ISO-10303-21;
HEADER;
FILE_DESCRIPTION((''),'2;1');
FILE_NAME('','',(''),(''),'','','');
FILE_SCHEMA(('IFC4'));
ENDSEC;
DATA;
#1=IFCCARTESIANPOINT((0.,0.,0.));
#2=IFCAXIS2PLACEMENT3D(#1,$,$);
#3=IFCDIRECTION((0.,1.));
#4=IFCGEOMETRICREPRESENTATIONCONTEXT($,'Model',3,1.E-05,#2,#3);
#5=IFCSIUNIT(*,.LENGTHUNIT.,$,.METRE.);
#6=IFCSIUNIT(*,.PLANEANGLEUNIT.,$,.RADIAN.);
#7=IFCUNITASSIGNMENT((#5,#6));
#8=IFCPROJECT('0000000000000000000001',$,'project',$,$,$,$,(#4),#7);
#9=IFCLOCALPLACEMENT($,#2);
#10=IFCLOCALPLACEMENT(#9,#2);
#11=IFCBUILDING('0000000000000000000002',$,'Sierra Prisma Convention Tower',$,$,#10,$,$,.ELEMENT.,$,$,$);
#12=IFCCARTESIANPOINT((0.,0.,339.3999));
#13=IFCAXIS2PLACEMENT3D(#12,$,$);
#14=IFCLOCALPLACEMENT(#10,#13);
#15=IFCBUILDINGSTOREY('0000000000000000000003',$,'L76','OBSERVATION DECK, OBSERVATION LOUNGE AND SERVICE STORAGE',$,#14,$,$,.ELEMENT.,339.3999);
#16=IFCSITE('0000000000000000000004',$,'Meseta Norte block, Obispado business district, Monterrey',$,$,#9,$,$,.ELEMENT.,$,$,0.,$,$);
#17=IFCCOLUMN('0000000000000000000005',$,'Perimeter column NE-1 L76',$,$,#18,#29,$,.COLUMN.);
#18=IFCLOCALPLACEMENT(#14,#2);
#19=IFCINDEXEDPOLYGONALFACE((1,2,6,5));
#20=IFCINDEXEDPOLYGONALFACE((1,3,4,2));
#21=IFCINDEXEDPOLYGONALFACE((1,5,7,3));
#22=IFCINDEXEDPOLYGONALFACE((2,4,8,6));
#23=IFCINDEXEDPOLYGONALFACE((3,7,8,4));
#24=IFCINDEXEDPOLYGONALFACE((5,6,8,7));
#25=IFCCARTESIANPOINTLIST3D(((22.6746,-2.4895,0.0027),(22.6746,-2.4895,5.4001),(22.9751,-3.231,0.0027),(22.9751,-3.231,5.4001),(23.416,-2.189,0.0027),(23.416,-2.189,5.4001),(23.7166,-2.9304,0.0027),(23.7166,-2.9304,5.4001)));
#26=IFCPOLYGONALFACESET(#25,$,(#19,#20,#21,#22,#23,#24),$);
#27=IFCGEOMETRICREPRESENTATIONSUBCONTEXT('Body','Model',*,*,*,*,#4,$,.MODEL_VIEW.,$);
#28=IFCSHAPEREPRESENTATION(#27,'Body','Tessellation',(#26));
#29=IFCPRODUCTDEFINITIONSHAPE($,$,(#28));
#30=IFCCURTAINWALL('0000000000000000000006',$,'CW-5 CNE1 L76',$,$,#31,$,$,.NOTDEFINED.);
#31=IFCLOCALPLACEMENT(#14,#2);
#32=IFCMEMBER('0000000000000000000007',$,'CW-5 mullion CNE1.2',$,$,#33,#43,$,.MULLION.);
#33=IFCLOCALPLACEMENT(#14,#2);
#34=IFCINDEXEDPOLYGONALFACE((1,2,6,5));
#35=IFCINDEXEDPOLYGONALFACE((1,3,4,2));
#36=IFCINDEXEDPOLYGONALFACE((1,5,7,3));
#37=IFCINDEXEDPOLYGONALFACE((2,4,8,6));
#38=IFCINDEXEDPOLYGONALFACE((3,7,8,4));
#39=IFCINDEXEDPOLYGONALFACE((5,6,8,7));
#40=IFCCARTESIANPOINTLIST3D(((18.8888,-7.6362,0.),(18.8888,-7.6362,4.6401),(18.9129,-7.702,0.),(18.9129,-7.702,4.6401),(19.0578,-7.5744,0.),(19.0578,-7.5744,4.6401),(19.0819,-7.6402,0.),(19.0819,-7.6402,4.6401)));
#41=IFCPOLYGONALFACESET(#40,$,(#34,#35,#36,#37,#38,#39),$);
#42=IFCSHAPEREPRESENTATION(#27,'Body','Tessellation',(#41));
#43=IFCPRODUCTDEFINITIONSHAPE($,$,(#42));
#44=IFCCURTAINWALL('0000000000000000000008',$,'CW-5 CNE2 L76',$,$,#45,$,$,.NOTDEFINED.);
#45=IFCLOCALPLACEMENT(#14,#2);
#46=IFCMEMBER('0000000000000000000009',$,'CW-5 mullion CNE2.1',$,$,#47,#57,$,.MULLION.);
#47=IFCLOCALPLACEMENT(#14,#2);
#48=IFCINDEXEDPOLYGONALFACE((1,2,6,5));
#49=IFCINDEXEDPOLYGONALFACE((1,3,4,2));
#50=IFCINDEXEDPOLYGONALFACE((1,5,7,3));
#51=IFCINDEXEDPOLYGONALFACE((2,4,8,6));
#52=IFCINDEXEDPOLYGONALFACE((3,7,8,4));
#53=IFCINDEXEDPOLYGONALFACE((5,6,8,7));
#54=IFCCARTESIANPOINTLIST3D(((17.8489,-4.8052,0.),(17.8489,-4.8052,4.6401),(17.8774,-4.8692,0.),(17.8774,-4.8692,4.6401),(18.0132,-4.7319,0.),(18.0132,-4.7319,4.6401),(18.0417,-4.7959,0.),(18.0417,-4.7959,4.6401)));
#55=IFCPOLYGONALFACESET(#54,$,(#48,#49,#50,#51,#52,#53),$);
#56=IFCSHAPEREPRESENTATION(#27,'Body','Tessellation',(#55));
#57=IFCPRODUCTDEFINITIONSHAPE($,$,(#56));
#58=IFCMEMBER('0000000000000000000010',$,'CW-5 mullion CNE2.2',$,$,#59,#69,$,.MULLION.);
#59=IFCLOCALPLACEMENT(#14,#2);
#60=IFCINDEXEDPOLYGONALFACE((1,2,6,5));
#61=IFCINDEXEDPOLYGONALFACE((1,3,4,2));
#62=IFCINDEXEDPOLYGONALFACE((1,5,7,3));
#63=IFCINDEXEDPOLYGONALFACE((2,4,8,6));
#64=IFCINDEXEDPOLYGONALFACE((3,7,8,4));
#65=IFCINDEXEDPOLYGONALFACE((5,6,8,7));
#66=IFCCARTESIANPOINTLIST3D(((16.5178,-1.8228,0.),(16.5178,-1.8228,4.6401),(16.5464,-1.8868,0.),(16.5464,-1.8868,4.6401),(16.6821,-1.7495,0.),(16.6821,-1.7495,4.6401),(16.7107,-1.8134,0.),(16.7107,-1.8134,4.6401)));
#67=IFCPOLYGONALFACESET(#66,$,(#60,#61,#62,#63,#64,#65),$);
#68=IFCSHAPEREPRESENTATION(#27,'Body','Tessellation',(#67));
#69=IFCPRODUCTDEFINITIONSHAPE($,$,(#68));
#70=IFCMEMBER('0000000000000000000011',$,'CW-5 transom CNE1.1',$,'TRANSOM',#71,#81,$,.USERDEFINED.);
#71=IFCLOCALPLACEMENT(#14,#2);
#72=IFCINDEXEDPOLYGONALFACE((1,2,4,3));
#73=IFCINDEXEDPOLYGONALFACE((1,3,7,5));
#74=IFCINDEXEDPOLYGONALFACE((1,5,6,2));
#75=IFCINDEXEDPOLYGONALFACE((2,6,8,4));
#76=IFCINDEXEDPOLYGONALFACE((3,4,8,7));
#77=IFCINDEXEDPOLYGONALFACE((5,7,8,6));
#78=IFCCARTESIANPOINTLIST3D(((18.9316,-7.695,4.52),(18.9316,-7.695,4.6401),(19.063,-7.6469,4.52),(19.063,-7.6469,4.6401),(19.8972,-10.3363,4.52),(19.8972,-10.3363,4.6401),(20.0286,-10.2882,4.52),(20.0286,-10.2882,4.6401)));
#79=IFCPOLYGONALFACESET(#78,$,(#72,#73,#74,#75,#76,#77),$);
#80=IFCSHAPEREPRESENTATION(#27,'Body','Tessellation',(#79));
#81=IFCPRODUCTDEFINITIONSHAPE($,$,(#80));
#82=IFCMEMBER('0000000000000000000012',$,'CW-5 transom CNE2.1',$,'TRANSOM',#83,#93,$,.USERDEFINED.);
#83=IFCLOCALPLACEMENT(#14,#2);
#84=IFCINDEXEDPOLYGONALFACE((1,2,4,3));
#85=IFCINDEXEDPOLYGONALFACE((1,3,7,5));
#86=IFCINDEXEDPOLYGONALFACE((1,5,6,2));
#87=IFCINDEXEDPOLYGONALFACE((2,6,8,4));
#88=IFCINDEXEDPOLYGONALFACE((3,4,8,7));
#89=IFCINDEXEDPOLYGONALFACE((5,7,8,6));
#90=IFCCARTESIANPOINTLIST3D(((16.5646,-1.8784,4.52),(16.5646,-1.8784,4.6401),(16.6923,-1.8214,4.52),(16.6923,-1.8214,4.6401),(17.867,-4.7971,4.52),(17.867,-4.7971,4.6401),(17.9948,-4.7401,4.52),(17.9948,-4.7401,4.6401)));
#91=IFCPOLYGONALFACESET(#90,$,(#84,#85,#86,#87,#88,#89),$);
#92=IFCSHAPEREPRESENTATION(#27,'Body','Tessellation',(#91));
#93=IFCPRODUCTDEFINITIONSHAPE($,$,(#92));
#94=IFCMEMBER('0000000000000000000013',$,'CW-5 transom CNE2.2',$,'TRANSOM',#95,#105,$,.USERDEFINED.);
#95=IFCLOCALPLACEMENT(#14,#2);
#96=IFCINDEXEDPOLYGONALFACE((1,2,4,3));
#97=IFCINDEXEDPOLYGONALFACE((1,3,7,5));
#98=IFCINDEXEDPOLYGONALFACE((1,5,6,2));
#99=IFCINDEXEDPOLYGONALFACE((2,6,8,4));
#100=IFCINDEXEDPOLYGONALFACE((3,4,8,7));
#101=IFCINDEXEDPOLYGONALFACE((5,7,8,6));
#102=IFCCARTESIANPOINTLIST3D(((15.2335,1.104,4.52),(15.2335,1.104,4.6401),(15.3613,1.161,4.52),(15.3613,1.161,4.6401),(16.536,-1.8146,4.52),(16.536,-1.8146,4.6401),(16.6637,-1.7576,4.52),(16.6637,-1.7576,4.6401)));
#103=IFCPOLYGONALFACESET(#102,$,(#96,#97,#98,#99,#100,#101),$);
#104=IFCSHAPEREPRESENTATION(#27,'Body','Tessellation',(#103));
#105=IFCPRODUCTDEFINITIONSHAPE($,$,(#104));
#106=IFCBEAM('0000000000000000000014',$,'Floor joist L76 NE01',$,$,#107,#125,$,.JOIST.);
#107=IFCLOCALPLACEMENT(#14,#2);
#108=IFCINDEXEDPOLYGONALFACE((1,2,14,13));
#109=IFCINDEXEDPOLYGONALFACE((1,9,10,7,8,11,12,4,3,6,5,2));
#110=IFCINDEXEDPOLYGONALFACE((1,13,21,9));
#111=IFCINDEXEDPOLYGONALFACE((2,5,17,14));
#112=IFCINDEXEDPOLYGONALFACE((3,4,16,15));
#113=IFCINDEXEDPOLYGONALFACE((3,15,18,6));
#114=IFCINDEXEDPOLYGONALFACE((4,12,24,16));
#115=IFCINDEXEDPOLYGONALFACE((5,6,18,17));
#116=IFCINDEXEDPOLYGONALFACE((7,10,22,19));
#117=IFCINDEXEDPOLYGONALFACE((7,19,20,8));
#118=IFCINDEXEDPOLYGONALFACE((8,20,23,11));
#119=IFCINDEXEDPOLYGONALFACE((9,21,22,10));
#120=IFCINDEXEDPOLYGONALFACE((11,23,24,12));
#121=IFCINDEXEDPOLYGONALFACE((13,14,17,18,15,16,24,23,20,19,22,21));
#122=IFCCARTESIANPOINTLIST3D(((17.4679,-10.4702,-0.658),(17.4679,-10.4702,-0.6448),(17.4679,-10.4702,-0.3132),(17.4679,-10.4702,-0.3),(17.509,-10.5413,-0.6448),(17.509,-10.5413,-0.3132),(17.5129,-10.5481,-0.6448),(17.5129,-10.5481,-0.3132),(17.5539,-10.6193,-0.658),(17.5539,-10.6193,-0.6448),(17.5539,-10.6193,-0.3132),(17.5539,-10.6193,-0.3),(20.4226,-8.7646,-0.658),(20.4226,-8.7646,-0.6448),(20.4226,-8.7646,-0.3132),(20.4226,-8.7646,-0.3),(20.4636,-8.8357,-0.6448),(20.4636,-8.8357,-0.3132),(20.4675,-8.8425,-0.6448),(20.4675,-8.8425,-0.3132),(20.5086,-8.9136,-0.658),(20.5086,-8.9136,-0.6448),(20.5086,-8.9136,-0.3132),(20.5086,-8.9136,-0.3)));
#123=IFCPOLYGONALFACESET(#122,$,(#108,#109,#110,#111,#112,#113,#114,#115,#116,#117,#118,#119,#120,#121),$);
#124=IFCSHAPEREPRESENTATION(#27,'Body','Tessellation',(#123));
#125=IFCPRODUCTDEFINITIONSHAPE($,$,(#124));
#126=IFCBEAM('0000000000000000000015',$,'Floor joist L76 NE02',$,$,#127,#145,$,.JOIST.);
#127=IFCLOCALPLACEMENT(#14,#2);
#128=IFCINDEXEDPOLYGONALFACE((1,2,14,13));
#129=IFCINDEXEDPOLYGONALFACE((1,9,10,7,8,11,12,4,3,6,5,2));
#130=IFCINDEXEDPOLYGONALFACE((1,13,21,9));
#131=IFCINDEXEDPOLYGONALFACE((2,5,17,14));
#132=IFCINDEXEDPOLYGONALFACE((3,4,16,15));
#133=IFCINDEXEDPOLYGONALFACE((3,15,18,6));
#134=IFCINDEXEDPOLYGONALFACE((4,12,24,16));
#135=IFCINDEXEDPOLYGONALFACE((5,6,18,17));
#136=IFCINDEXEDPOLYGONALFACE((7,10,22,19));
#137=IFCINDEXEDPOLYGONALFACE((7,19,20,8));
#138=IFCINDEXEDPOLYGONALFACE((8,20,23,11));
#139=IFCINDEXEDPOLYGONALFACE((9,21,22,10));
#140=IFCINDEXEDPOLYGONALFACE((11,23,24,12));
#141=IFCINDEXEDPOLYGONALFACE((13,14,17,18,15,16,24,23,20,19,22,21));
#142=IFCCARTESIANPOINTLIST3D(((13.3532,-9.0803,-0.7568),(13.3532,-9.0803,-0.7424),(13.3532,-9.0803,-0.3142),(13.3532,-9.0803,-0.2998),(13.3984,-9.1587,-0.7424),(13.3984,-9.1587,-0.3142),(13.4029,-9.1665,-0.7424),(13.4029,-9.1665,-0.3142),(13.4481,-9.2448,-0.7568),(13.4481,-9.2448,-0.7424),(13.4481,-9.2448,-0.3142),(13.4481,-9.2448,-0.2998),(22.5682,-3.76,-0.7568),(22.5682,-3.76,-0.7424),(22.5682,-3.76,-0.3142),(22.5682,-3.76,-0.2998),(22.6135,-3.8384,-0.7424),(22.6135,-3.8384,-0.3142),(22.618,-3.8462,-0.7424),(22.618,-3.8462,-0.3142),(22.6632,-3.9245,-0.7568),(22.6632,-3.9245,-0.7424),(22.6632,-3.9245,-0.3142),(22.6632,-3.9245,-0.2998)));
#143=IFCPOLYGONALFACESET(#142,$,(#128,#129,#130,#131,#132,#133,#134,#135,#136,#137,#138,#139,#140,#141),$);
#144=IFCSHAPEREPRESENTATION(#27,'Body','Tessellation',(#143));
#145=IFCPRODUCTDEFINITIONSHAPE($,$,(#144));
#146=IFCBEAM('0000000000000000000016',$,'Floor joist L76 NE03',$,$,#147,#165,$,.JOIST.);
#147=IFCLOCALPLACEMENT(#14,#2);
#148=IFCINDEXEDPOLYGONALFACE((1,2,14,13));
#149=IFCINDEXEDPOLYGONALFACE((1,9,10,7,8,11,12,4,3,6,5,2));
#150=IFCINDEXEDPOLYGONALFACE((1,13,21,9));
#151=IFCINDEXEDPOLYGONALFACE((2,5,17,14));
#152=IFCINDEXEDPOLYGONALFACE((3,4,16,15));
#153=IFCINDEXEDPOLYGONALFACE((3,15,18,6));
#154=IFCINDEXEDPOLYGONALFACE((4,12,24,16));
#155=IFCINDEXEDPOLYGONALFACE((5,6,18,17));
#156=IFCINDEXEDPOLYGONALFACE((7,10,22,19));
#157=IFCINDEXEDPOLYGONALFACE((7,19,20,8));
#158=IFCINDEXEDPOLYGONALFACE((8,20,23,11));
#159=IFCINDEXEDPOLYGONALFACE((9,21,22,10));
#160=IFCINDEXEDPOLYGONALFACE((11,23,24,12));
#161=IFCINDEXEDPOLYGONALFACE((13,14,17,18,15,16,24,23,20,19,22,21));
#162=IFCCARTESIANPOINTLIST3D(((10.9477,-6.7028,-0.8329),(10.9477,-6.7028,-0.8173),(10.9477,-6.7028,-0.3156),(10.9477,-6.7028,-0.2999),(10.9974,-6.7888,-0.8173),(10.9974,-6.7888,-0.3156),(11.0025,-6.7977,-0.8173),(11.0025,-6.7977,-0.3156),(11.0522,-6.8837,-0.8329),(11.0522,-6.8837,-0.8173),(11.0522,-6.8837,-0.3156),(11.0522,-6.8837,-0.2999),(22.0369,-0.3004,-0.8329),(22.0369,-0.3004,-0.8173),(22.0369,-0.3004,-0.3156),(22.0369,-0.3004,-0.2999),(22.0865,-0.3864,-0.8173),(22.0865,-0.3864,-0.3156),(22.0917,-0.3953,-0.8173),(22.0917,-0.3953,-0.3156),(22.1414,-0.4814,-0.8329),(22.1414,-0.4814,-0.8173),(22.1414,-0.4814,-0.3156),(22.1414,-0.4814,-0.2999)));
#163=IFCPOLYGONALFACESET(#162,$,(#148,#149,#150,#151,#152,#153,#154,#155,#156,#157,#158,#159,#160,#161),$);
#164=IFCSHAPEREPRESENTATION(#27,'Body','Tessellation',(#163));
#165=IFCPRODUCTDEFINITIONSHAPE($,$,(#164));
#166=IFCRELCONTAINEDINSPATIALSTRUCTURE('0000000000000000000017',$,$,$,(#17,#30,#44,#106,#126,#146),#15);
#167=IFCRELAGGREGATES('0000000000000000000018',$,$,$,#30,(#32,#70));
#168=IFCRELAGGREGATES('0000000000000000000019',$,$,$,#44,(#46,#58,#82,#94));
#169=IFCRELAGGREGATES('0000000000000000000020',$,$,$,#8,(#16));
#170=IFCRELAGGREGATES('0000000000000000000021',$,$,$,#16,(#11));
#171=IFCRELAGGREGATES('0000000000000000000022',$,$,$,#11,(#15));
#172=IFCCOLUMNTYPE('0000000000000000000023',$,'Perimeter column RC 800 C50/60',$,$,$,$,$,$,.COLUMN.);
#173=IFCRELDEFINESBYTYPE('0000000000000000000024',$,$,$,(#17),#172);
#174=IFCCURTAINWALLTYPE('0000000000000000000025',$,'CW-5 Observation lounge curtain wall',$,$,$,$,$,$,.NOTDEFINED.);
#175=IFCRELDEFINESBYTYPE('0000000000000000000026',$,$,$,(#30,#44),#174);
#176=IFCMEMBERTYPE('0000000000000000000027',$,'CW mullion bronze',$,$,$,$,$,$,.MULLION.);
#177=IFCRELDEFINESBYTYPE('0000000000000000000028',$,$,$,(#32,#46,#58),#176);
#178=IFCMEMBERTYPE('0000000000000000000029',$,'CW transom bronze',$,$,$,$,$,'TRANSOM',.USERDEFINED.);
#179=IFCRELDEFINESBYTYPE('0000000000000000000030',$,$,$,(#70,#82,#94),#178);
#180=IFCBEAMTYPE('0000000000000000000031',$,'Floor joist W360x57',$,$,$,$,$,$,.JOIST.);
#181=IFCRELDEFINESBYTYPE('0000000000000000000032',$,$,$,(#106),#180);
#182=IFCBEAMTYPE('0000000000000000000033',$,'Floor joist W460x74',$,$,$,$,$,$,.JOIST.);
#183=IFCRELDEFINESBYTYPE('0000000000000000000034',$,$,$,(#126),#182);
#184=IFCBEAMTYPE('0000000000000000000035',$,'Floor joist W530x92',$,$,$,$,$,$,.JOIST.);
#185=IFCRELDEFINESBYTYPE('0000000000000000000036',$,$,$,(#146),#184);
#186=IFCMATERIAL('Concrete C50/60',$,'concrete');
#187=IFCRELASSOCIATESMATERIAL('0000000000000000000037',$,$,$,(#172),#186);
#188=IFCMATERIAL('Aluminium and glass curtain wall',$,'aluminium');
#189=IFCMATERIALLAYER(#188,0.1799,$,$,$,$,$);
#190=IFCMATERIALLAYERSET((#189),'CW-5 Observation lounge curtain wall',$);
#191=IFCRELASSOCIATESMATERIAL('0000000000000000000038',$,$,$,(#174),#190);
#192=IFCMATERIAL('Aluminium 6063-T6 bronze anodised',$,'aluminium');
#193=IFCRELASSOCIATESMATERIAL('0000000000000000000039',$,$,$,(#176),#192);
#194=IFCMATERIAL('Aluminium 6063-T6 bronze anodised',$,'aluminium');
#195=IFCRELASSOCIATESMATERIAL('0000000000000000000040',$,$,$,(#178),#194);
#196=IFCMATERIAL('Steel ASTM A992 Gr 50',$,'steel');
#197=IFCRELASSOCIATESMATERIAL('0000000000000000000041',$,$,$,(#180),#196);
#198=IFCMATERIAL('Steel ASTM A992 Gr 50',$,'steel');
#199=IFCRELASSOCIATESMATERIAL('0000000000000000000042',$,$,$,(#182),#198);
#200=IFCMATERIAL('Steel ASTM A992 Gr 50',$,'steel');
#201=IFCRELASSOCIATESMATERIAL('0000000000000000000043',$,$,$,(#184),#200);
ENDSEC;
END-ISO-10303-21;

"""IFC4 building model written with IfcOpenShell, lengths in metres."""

from ifc_helpers import new_model, si_unit, direction, frame, origin, origin_2d, place, context, subcontext, project, spatial, rectangle, i_section, extrude, clip, halfspace, material, layer, layer_set, material_profile, profile_set, type_object, element, aggregate, save


model = new_model("IFC4")

# Units and contexts
model_context = context("Model", 3, precision=1e-05, world=origin(), true_north=direction((0.0, 1.0)))
body_context = subcontext(model_context, "Body", "Model", "MODEL_VIEW")
ifc_project = project(units=[si_unit("LENGTHUNIT", "METRE"), si_unit("PLANEANGLEUNIT", "RADIAN")], contexts=[model_context])

# Site, building, storey
site_placement = place(None, origin())
site = spatial("IfcSite", under=ifc_project, at=site_placement, Name="Meseta Norte block, Obispado business district, Monterrey", CompositionType="ELEMENT", RefElevation=0.0)
building_placement = place(site_placement, origin())
building = spatial("IfcBuilding", under=site, at=building_placement, Name="Sierra Prisma Convention Tower", CompositionType="ELEMENT")
storey_placement = place(building_placement, frame((0.0, 0.0, 339.3999)))
storey = spatial("IfcBuildingStorey", under=building, at=storey_placement, Name="L76", Description="OBSERVATION DECK, OBSERVATION LOUNGE AND SERVICE STORAGE", CompositionType="ELEMENT", Elevation=339.3999)

# Column
ifc_material_1 = material(Name="Concrete C50/60", Category="concrete")
ifc_material_profile_1 = material_profile(ifc_material_1, rectangle(XDim=0.8, YDim=0.8, at=origin_2d()), Name="Perimeter column RC 800 C50/60")
ifc_profile_set_1 = profile_set([ifc_material_profile_1], Name="Concrete C50/60")
column_type = type_object("IfcColumnType", Name="Perimeter column RC 800 C50/60", PredefinedType="COLUMN", material=ifc_profile_set_1)
column_placement = place(storey_placement, frame((23.1956, -2.71, 0.0), z_axis=(0.0, 0.0, 1.0), x_axis=(-0.375686, 0.926747, 0.0)))
element("IfcColumn", 1, at=column_placement, inside=storey, type_object=column_type, Name="Perimeter column NE-1 L76", PredefinedType="COLUMN", context=body_context, shape_type="SweptSolid", body=[
    clip(extrude(rectangle(XDim=0.8, YDim=0.8, at=origin_2d()), origin(), (0.0, 0.0, 1.0), 5.4001), halfspace(frame((0.0, 0.0, 0.0027)), True)),
])

# Curtain wall, member
ifc_material_2 = material(Name="Aluminium and glass curtain wall", Category="aluminium")
ifc_layer_1 = layer(ifc_material_2, 0.1799)
ifc_layer_set_1 = layer_set([ifc_layer_1], Name="CW-5 Observation lounge curtain wall")
curtain_wall_type = type_object("IfcCurtainWallType", Name="CW-5 Observation lounge curtain wall", PredefinedType="NOTDEFINED", material=ifc_layer_set_1)
curtain_wall_1_placement = place(storey_placement, origin())
curtain_wall_1 = element("IfcCurtainWall", 2, at=curtain_wall_1_placement, inside=storey, type_object=curtain_wall_type, Name="CW-5 CNE1 L76", PredefinedType="NOTDEFINED")
ifc_material_3 = material(Name="Aluminium 6063-T6 bronze anodised", Category="aluminium")
ifc_material_profile_2 = material_profile(ifc_material_3, rectangle(XDim=0.1799, YDim=0.0701, at=origin_2d()), Name="ALU MULLION 70x180")
ifc_profile_set_2 = profile_set([ifc_material_profile_2], Name="Aluminium 6063-T6 bronze anodised")
member_type_1 = type_object("IfcMemberType", Name="CW mullion bronze", PredefinedType="MULLION", material=ifc_profile_set_2)
member_1_placement = place(storey_placement, frame((18.9854, -7.6382, 0.0), z_axis=(0.0, 0.0, 1.0), x_axis=(-0.939194, -0.343388, 0.0)))
member_1 = element("IfcMember", 3, at=member_1_placement, type_object=member_type_1, Name="CW-5 mullion CNE1.2", PredefinedType="MULLION", context=body_context, shape_type="SweptSolid", body=[
    extrude(rectangle(XDim=0.1799, YDim=0.0701, at=origin_2d()), origin(), (0.0, 0.0, 1.0), 4.6401),
])

# Curtain wall, members
curtain_wall_2_placement = place(storey_placement, origin())
curtain_wall_2 = element("IfcCurtainWall", 4, at=curtain_wall_2_placement, inside=storey, type_object=curtain_wall_type, Name="CW-5 CNE2 L76", PredefinedType="NOTDEFINED")
member_2_placement = place(storey_placement, frame((17.9453, -4.8005, 0.0), z_axis=(0.0, 0.0, 1.0), x_axis=(-0.91319, -0.407534, 0.0)))
member_2 = element("IfcMember", 5, at=member_2_placement, type_object=member_type_1, Name="CW-5 mullion CNE2.1", PredefinedType="MULLION", context=body_context, shape_type="SweptSolid", body=[
    extrude(rectangle(XDim=0.1799, YDim=0.0701, at=origin_2d()), origin(), (0.0, 0.0, 1.0), 4.6401),
])
member_3_placement = place(storey_placement, frame((16.6143, -1.8181, 0.0), z_axis=(0.0, 0.0, 1.0), x_axis=(-0.91319, -0.407534, 0.0)))
member_3 = element("IfcMember", 6, at=member_3_placement, type_object=member_type_1, Name="CW-5 mullion CNE2.2", PredefinedType="MULLION", context=body_context, shape_type="SweptSolid", body=[
    extrude(rectangle(XDim=0.1799, YDim=0.0701, at=origin_2d()), origin(), (0.0, 0.0, 1.0), 4.6401),
])

# Members
ifc_material_4 = material(Name="Aluminium 6063-T6 bronze anodised", Category="aluminium")
ifc_material_profile_3 = material_profile(ifc_material_4, rectangle(XDim=0.1399, YDim=0.1201, at=origin_2d()), Name="ALU TRANSOM 120x140")
ifc_profile_set_3 = profile_set([ifc_material_profile_3], Name="Aluminium 6063-T6 bronze anodised")
member_type_2 = type_object("IfcMemberType", Name="CW transom bronze", ElementType="TRANSOM", PredefinedType="USERDEFINED", material=ifc_profile_set_3)
member_4_placement = place(storey_placement, frame((19.9629, -10.3123, 4.5801), z_axis=(-0.343339, 0.939212, 0.0), x_axis=(-0.939212, -0.343339, 0.0)))
member_4 = element("IfcMember", 7, at=member_4_placement, type_object=member_type_2, Name="CW-5 transom CNE1.1", ObjectType="TRANSOM", PredefinedType="USERDEFINED", context=body_context, shape_type="SweptSolid", body=[
    extrude(rectangle(XDim=0.1399, YDim=0.1201, at=origin_2d()), origin(), (0.0, 0.0, 1.0), 2.8123),
])
member_5_placement = place(storey_placement, frame((17.9309, -4.7686, 4.5801), z_axis=(-0.40752, 0.913196, 0.0), x_axis=(-0.913196, -0.40752, 0.0)))
member_5 = element("IfcMember", 8, at=member_5_placement, type_object=member_type_2, Name="CW-5 transom CNE2.1", ObjectType="TRANSOM", PredefinedType="USERDEFINED", context=body_context, shape_type="SweptSolid", body=[
    extrude(rectangle(XDim=0.1399, YDim=0.1201, at=origin_2d()), origin(), (0.0, 0.0, 1.0), 3.196),
])
member_6_placement = place(storey_placement, frame((16.5999, -1.7861, 4.5801), z_axis=(-0.40752, 0.913196, 0.0), x_axis=(-0.913196, -0.40752, 0.0)))
member_6 = element("IfcMember", 9, at=member_6_placement, type_object=member_type_2, Name="CW-5 transom CNE2.2", ObjectType="TRANSOM", PredefinedType="USERDEFINED", context=body_context, shape_type="SweptSolid", body=[
    extrude(rectangle(XDim=0.1399, YDim=0.1201, at=origin_2d()), origin(), (0.0, 0.0, 1.0), 3.196),
])

# Beams
ifc_material_5 = material(Name="Steel ASTM A992 Gr 50", Category="steel")
ifc_material_profile_4 = material_profile(ifc_material_5, i_section(OverallWidth=0.1721, OverallDepth=0.3579, WebThickness=0.0078, FlangeThickness=0.0132, at=origin_2d()), Name="W360x57")
ifc_profile_set_4 = profile_set([ifc_material_profile_4], Name="Steel ASTM A992 Gr 50")
beam_type_1 = type_object("IfcBeamType", Name="Floor joist W360x57", PredefinedType="JOIST", material=ifc_profile_set_4)
beam_1_placement = place(storey_placement, frame((20.4656, -8.8391, -0.479), z_axis=(-0.866059, -0.499941, 0.0), x_axis=(0.499941, -0.866059, 0.0)))
element("IfcBeam", 10, at=beam_1_placement, inside=storey, type_object=beam_type_1, Name="Floor joist L76 NE01", PredefinedType="JOIST", context=body_context, shape_type="SweptSolid", body=[
    extrude(i_section(OverallWidth=0.1721, OverallDepth=0.3579, WebThickness=0.0078, FlangeThickness=0.0132, at=origin_2d()), origin(), (0.0, 0.0, 1.0), 3.4116),
])
ifc_material_6 = material(Name="Steel ASTM A992 Gr 50", Category="steel")
ifc_material_profile_5 = material_profile(ifc_material_6, i_section(OverallWidth=0.1899, OverallDepth=0.457, WebThickness=0.009, FlangeThickness=0.0144, at=origin_2d()), Name="W460x74")
ifc_profile_set_5 = profile_set([ifc_material_profile_5], Name="Steel ASTM A992 Gr 50")
beam_type_2 = type_object("IfcBeamType", Name="Floor joist W460x74", PredefinedType="JOIST", material=ifc_profile_set_5)
beam_2_placement = place(storey_placement, frame((22.6157, -3.8423, -0.5283), z_axis=(-0.866026, -0.499999, 0.0), x_axis=(0.499999, -0.866026, 0.0)))
element("IfcBeam", 11, at=beam_2_placement, inside=storey, type_object=beam_type_2, Name="Floor joist L76 NE02", PredefinedType="JOIST", context=body_context, shape_type="SweptSolid", body=[
    extrude(i_section(OverallWidth=0.1899, OverallDepth=0.457, WebThickness=0.009, FlangeThickness=0.0144, at=origin_2d()), origin(), (0.0, 0.0, 1.0), 10.6406),
])
ifc_material_7 = material(Name="Steel ASTM A992 Gr 50", Category="steel")
ifc_material_profile_6 = material_profile(ifc_material_7, i_section(OverallWidth=0.209, OverallDepth=0.533, WebThickness=0.0103, FlangeThickness=0.0156, at=origin_2d()), Name="W530x92")
ifc_profile_set_6 = profile_set([ifc_material_profile_6], Name="Steel ASTM A992 Gr 50")
beam_type_3 = type_object("IfcBeamType", Name="Floor joist W530x92", PredefinedType="JOIST", material=ifc_profile_set_6)
beam_3_placement = place(storey_placement, frame((22.0891, -0.3909, -0.5664), z_axis=(-0.866024, -0.500002, 0.0), x_axis=(0.500002, -0.866024, 0.0)))
element("IfcBeam", 12, at=beam_3_placement, inside=storey, type_object=beam_type_3, Name="Floor joist L76 NE03", PredefinedType="JOIST", context=body_context, shape_type="SweptSolid", body=[
    extrude(i_section(OverallWidth=0.209, OverallDepth=0.533, WebThickness=0.0103, FlangeThickness=0.0156, at=origin_2d()), origin(), (0.0, 0.0, 1.0), 12.8047),
])

aggregate(curtain_wall_1, [member_1, member_4])
aggregate(curtain_wall_2, [member_2, member_3, member_5, member_6])

save(model, "model.ifc")
